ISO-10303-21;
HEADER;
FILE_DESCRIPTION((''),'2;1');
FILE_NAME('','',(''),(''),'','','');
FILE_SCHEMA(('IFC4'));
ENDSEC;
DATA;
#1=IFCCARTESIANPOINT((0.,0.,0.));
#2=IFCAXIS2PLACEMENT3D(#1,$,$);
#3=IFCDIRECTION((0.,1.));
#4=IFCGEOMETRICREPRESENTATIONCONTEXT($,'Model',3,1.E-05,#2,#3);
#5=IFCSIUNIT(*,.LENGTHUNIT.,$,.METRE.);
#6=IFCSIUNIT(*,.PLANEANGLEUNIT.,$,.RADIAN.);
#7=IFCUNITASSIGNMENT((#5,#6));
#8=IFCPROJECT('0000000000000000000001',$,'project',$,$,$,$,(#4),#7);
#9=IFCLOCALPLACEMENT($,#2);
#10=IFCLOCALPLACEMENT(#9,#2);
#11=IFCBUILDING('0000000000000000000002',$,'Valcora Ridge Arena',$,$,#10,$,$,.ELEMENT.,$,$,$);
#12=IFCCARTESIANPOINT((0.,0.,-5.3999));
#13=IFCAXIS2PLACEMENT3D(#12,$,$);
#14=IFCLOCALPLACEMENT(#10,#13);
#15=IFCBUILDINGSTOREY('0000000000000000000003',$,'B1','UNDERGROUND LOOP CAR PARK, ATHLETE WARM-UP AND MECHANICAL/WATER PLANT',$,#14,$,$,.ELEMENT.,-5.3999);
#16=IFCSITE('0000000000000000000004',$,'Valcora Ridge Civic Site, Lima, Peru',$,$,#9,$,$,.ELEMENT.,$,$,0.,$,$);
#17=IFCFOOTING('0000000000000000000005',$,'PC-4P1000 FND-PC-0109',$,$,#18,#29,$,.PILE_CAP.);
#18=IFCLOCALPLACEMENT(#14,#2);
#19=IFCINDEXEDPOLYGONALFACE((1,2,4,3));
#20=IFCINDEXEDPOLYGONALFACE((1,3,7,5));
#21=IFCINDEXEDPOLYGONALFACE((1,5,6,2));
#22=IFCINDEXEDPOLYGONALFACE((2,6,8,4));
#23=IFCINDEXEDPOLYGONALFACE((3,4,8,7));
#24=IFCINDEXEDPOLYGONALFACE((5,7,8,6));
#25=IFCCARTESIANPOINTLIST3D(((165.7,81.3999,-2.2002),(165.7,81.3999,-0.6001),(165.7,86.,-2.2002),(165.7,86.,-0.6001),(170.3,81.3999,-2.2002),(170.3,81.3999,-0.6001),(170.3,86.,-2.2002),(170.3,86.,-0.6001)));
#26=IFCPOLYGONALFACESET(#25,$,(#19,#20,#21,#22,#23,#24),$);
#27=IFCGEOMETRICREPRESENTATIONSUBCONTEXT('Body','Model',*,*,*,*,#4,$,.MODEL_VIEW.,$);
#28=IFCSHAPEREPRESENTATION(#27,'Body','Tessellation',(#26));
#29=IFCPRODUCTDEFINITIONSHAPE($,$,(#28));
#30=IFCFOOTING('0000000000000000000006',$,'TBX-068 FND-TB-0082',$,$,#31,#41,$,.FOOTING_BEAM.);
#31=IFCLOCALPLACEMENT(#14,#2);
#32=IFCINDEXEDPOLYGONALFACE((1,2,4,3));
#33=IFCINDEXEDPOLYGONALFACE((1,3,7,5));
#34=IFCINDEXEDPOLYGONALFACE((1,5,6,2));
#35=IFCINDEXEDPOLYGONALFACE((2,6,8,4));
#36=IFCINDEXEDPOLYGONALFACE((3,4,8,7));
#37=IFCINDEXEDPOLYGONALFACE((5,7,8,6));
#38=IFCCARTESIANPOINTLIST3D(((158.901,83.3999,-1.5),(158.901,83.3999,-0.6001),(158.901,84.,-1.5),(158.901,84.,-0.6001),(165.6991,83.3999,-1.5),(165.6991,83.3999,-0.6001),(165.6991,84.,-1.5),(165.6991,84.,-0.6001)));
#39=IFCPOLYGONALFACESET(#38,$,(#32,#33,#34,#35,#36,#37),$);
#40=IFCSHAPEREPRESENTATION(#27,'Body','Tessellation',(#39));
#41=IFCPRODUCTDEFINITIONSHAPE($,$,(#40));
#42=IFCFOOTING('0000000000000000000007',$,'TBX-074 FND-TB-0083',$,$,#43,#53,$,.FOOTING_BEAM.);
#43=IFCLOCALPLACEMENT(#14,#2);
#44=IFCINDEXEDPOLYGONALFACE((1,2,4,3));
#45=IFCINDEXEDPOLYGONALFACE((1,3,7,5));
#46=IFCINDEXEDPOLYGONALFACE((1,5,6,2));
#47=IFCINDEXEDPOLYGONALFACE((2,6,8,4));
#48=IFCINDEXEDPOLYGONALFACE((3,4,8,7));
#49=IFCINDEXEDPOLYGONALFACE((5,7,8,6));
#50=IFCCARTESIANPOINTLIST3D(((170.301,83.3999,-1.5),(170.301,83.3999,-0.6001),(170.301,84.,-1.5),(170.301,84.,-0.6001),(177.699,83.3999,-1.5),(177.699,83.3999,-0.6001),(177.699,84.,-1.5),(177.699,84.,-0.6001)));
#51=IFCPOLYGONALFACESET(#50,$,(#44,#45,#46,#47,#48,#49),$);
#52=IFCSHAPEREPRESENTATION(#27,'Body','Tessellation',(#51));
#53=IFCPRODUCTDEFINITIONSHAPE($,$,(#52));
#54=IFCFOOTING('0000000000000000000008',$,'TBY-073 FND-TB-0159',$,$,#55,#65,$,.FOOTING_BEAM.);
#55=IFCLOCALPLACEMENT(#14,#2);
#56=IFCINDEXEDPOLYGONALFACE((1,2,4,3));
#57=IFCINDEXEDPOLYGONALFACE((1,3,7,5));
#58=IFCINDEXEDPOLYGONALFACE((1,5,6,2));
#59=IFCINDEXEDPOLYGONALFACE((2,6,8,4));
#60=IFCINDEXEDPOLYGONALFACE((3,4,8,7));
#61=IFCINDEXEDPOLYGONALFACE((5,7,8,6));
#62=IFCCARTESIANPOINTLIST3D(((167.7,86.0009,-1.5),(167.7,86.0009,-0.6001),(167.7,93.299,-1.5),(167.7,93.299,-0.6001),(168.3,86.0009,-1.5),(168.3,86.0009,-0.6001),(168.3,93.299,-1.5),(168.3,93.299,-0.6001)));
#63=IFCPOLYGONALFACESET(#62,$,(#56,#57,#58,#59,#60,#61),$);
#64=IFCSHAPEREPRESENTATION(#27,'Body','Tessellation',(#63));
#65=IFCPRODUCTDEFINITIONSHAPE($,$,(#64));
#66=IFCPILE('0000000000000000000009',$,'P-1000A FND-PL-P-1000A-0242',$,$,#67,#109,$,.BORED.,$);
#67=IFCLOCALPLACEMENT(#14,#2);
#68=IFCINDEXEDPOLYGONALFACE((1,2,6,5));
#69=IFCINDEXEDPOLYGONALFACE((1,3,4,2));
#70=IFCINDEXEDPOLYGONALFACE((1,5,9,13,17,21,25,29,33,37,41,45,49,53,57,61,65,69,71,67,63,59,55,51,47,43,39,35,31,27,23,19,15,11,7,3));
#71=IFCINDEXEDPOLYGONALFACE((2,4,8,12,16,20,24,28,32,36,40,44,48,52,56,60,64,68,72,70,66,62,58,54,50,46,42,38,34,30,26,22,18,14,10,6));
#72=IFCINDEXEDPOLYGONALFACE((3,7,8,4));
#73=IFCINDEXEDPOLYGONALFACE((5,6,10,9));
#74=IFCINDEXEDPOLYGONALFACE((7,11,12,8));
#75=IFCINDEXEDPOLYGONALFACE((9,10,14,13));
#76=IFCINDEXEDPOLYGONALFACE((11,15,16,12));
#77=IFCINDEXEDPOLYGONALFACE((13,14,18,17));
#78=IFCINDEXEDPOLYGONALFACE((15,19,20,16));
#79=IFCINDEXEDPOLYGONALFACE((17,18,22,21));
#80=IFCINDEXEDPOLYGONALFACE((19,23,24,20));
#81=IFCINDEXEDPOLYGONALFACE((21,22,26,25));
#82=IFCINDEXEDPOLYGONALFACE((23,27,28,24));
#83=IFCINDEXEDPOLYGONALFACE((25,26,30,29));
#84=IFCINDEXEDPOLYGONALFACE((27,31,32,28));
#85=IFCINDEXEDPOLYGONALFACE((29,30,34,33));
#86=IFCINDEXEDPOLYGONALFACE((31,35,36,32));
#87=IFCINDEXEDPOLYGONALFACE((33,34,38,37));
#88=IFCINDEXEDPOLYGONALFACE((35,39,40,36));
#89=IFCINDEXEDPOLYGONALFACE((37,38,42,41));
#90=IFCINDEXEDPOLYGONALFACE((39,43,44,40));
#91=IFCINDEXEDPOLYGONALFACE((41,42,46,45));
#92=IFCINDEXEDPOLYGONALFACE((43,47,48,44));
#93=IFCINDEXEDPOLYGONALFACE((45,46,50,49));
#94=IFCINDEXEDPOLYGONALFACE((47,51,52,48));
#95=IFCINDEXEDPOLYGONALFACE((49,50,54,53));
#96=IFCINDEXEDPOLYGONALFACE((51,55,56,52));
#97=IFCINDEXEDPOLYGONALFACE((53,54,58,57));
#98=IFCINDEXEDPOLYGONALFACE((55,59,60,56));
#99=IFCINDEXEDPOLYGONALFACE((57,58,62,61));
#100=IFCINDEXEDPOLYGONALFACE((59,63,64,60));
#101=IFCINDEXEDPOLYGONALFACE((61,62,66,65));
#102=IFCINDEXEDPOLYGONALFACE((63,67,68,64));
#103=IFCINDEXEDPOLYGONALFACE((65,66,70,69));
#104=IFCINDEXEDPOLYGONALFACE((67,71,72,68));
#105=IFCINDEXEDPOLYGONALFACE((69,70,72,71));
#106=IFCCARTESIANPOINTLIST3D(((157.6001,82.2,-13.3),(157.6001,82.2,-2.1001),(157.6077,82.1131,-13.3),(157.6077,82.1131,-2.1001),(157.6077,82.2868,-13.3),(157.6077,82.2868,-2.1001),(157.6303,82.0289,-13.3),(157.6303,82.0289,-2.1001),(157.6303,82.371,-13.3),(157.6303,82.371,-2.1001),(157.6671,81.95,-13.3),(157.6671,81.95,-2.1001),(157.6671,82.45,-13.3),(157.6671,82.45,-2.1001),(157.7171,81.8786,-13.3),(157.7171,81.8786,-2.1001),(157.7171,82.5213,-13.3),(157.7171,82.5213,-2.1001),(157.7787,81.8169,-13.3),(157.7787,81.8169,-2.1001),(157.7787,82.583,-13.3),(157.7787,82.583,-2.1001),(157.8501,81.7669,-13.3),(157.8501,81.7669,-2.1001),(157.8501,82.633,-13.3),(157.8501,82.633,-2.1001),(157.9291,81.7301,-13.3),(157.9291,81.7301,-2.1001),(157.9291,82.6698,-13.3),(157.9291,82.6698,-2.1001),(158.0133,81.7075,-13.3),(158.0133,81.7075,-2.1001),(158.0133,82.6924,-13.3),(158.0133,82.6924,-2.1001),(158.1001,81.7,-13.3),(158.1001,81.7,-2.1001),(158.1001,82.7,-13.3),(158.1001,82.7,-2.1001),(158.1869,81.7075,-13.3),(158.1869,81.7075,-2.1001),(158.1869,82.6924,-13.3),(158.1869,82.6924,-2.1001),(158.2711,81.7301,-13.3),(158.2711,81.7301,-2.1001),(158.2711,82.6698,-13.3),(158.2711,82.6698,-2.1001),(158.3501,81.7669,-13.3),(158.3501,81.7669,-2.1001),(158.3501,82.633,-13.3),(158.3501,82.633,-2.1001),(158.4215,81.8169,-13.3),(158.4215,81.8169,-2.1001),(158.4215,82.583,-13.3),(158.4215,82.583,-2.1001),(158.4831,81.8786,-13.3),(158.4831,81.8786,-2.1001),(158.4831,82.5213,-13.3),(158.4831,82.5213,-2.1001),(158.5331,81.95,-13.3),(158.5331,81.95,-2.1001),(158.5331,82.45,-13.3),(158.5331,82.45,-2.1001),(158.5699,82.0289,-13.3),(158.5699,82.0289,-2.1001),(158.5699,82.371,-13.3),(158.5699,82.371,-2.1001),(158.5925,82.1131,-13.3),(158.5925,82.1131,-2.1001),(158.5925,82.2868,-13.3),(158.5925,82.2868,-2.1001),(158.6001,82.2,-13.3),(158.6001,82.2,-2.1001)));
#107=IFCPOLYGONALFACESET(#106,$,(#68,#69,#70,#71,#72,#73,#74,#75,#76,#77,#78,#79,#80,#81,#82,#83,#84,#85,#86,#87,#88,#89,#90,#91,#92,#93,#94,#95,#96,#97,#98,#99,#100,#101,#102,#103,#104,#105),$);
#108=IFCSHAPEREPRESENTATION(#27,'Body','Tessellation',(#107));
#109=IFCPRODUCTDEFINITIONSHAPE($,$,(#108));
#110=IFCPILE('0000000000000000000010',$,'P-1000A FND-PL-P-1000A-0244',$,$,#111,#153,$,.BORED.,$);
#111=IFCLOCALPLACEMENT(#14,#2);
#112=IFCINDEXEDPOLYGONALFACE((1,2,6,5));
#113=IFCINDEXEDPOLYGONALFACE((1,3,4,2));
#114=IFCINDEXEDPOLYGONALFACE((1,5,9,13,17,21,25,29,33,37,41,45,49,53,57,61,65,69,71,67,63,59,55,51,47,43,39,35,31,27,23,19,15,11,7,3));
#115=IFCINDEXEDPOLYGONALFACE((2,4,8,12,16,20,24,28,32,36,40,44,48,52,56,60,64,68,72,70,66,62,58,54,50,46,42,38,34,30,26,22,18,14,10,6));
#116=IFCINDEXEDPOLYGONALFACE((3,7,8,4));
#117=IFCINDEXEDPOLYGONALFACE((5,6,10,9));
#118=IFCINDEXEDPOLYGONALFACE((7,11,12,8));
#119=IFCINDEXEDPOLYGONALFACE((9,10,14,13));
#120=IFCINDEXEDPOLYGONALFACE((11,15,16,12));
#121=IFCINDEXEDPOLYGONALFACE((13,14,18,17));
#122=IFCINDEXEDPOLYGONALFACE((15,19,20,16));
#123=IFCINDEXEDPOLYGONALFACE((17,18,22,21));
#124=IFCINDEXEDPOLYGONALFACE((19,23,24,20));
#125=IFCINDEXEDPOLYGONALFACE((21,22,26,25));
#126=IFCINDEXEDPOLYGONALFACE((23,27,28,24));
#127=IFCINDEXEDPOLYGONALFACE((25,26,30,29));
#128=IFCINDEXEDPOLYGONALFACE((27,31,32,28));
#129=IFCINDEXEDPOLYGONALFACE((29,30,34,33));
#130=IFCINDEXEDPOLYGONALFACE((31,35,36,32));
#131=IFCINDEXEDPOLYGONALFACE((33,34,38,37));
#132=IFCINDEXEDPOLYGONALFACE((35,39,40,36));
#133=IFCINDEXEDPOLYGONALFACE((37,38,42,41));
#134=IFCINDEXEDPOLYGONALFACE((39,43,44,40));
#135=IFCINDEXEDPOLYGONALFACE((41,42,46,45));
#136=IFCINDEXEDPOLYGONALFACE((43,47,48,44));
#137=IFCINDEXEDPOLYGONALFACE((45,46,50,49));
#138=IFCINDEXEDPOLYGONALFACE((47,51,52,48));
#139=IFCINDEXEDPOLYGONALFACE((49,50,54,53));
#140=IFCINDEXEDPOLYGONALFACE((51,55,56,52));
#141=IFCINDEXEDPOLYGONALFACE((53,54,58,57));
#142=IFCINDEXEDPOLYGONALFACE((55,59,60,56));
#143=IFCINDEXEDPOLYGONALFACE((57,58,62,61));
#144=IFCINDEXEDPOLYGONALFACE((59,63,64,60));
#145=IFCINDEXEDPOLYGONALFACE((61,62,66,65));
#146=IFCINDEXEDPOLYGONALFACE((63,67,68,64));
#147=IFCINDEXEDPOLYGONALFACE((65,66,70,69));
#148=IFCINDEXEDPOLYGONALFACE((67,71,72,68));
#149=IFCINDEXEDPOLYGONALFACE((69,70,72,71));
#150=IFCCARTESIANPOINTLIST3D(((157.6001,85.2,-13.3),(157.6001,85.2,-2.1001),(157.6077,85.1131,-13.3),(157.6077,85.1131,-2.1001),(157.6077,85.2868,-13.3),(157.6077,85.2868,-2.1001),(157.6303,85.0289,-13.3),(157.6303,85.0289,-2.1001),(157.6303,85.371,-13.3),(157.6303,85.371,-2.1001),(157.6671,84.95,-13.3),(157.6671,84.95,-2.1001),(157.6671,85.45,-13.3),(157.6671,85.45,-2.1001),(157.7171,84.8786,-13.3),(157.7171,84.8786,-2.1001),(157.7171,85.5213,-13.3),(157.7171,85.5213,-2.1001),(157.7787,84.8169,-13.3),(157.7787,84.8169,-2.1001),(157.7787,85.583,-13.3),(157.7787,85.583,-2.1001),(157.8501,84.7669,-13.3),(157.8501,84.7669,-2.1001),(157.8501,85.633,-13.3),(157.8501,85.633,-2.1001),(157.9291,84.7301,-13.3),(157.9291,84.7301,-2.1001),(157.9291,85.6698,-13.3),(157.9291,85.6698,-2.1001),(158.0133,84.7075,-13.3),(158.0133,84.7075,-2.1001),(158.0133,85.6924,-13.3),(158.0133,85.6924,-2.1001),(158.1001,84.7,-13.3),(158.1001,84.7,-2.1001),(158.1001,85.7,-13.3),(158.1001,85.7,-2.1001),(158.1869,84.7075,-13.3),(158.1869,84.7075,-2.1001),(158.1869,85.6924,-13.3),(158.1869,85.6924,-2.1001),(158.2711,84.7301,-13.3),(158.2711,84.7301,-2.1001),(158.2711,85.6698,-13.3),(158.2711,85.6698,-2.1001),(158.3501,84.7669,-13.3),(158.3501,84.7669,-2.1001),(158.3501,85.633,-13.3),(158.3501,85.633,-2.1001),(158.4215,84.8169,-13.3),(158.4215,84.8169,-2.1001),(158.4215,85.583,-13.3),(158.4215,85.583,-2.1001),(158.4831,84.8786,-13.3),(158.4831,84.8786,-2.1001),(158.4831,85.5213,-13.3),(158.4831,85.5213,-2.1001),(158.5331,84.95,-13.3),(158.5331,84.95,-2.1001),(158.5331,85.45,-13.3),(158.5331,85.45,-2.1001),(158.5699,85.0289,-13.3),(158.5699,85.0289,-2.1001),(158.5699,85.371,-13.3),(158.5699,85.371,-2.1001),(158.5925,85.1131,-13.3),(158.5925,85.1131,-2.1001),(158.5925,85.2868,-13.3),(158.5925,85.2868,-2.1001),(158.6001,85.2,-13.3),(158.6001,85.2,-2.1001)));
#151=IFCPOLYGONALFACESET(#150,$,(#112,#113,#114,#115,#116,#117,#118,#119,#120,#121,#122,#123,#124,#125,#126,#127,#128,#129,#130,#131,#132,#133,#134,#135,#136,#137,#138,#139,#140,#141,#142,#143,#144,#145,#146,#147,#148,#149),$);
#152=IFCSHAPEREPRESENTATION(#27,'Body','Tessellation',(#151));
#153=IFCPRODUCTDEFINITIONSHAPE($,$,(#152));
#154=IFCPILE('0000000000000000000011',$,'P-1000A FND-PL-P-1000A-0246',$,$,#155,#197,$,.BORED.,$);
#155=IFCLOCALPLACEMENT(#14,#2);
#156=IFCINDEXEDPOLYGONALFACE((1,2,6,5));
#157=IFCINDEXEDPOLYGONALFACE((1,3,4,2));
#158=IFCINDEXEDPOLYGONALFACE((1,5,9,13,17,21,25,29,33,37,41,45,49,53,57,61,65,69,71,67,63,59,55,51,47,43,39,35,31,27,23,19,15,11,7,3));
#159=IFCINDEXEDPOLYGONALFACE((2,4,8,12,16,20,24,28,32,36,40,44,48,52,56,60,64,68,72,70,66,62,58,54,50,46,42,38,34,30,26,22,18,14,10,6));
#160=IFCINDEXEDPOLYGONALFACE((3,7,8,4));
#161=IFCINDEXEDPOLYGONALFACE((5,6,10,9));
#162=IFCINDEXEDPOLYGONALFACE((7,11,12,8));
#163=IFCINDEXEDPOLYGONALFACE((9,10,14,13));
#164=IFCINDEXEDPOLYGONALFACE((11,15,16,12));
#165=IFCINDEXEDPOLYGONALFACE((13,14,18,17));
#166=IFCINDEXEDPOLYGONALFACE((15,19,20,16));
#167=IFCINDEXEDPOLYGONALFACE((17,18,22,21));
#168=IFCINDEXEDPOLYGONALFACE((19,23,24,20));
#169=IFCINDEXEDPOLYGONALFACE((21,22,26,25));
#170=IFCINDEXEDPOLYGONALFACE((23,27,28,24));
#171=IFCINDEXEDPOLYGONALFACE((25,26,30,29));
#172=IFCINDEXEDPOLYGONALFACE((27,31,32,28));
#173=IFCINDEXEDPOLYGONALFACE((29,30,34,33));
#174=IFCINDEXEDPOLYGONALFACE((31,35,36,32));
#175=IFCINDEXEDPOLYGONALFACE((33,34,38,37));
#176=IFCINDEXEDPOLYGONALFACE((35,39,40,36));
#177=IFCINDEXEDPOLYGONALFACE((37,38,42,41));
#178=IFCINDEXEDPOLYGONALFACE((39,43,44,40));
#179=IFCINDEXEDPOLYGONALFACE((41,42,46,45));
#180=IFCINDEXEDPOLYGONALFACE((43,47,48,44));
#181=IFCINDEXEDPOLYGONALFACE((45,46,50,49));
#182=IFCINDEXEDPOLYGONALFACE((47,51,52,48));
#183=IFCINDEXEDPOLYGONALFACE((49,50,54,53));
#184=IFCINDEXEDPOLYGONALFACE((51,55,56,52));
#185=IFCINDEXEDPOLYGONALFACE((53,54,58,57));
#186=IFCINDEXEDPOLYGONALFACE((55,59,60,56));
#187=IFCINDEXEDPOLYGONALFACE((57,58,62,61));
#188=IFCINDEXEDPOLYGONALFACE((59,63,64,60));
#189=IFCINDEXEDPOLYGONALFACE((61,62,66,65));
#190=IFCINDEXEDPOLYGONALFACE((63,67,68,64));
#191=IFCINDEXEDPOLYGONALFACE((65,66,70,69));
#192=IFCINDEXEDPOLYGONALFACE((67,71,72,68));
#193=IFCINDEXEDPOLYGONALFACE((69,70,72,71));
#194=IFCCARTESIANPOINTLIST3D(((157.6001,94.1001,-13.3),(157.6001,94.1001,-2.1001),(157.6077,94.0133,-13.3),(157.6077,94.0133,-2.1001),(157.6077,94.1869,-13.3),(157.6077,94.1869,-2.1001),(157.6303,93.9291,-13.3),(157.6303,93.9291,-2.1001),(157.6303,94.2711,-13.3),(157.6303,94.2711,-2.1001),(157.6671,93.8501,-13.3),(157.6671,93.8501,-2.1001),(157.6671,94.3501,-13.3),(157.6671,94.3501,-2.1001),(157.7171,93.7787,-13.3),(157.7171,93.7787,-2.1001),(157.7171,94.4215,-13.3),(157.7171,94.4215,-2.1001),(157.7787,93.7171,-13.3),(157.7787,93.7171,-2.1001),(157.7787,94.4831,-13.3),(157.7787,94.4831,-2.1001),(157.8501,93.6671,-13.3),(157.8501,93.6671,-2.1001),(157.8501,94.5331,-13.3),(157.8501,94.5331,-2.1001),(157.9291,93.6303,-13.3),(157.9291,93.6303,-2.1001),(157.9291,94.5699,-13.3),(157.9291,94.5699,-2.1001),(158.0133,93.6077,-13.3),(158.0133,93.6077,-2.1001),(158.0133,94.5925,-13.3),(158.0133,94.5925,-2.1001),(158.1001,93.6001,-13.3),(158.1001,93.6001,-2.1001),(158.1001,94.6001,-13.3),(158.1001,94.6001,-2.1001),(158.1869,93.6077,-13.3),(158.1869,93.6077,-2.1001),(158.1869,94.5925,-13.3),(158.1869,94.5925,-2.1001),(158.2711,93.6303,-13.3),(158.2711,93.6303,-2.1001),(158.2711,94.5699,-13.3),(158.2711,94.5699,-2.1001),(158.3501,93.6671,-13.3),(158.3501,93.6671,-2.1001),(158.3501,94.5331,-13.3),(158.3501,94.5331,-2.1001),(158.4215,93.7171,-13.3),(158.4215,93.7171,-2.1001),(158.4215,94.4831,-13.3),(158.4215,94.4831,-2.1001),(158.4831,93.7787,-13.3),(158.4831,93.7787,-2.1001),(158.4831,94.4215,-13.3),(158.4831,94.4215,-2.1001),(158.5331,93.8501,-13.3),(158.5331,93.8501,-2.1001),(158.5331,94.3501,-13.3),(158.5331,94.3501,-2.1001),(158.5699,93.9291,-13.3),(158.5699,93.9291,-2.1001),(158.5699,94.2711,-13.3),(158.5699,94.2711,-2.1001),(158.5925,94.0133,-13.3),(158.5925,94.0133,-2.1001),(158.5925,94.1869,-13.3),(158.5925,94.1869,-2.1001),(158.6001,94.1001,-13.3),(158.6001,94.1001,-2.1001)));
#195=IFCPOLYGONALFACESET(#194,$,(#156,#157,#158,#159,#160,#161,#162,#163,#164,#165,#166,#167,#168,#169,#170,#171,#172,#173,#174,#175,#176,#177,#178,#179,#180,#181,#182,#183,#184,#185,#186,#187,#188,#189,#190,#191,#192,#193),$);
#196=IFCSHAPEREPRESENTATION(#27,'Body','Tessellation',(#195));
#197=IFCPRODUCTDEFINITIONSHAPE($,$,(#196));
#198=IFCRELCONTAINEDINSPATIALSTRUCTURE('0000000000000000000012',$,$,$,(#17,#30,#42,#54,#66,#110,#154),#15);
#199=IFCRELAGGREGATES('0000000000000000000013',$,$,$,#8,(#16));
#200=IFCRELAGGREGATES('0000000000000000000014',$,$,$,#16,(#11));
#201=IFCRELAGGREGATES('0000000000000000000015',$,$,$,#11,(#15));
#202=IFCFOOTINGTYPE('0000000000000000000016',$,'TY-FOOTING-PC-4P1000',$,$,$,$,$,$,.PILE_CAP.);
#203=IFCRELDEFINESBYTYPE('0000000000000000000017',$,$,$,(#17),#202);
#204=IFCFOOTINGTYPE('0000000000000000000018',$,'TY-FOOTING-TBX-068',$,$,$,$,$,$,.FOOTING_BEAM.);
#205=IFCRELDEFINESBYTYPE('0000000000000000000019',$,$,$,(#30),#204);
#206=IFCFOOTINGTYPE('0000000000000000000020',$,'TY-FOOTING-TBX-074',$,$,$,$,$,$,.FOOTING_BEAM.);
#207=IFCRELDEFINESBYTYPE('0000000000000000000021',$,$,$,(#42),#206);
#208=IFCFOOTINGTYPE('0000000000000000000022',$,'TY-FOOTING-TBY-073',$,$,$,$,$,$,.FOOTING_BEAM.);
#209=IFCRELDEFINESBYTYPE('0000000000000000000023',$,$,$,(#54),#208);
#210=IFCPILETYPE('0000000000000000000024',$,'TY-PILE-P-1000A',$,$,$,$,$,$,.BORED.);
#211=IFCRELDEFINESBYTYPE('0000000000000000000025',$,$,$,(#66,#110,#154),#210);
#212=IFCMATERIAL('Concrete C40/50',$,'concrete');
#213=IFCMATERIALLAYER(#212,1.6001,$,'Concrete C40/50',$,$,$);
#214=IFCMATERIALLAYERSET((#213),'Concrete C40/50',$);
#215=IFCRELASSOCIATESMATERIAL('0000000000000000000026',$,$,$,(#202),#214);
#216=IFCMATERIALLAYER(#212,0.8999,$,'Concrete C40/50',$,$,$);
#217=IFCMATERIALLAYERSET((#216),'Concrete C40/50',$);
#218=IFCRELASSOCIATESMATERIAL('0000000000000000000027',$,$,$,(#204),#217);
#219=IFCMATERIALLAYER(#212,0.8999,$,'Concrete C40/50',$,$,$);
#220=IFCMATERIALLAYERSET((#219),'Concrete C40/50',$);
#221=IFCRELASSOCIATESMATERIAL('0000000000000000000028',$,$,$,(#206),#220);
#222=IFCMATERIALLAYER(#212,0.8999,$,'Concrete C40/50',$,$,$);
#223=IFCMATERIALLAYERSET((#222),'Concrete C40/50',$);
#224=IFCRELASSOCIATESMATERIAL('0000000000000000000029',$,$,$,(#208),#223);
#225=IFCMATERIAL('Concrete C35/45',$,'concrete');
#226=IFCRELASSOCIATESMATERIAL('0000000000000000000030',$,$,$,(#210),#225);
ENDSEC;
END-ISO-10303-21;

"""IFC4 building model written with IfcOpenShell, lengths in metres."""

from ifc_helpers import new_model, si_unit, direction, frame, origin, origin_2d, place, context, subcontext, project, spatial, rectangle, circle, extrude, material, layer, layer_set, material_profile, profile_set, type_object, element, save


model = new_model("IFC4")

# Units and contexts
model_context = context("Model", 3, precision=1e-05, world=origin(), true_north=direction((0.0, 1.0)))
body_context = subcontext(model_context, "Body", "Model", "MODEL_VIEW")
ifc_project = project(units=[si_unit("LENGTHUNIT", "METRE"), si_unit("PLANEANGLEUNIT", "RADIAN")], contexts=[model_context])

# Site, building, storey
site_placement = place(None, origin())
site = spatial("IfcSite", under=ifc_project, at=site_placement, Name="Valcora Ridge Civic Site, Lima, Peru", CompositionType="ELEMENT", RefElevation=0.0)
building_placement = place(site_placement, origin())
building = spatial("IfcBuilding", under=site, at=building_placement, Name="Valcora Ridge Arena", CompositionType="ELEMENT")
storey_placement = place(building_placement, frame((0.0, 0.0, -5.3999)))
storey = spatial("IfcBuildingStorey", under=building, at=storey_placement, Name="B1", Description="UNDERGROUND LOOP CAR PARK, ATHLETE WARM-UP AND MECHANICAL/WATER PLANT", CompositionType="ELEMENT", Elevation=-5.3999)

# Footings
ifc_material_1 = material(Name="Concrete C40/50", Category="concrete")
ifc_layer_1 = layer(ifc_material_1, 1.6001, Name="Concrete C40/50")
ifc_layer_set_1 = layer_set([ifc_layer_1], Name="Concrete C40/50")
footing_type_1 = type_object("IfcFootingType", Name="TY-FOOTING-PC-4P1000", PredefinedType="PILE_CAP", material=ifc_layer_set_1)
footing_1_placement = place(storey_placement, frame((168.0, 83.7, -2.2002), z_axis=(0.0, 0.0, 1.0), x_axis=(1.0, 0.0, 0.0)))
element("IfcFooting", 1, at=footing_1_placement, inside=storey, type_object=footing_type_1, Name="PC-4P1000 FND-PC-0109", PredefinedType="PILE_CAP", context=body_context, shape_type="SweptSolid", body=[
    extrude(rectangle(XDim=4.6001, YDim=4.6001, at=origin_2d()), origin(), (0.0, 0.0, 1.0), 1.6001),
])
ifc_layer_2 = layer(ifc_material_1, 0.8999, Name="Concrete C40/50")
ifc_layer_set_2 = layer_set([ifc_layer_2], Name="Concrete C40/50")
footing_type_2 = type_object("IfcFootingType", Name="TY-FOOTING-TBX-068", PredefinedType="FOOTING_BEAM", material=ifc_layer_set_2)
footing_2_placement = place(storey_placement, frame((162.3, 83.7, -1.5), z_axis=(0.0, 0.0, 1.0), x_axis=(1.0, 0.0, 0.0)))
element("IfcFooting", 2, at=footing_2_placement, inside=storey, type_object=footing_type_2, Name="TBX-068 FND-TB-0082", PredefinedType="FOOTING_BEAM", context=body_context, shape_type="SweptSolid", body=[
    extrude(rectangle(XDim=6.7981, YDim=0.6001, at=origin_2d()), origin(), (0.0, 0.0, 1.0), 0.8999),
])
ifc_layer_3 = layer(ifc_material_1, 0.8999, Name="Concrete C40/50")
ifc_layer_set_3 = layer_set([ifc_layer_3], Name="Concrete C40/50")
footing_type_3 = type_object("IfcFootingType", Name="TY-FOOTING-TBX-074", PredefinedType="FOOTING_BEAM", material=ifc_layer_set_3)
footing_3_placement = place(storey_placement, frame((174.0, 83.7, -1.5), z_axis=(0.0, 0.0, 1.0), x_axis=(1.0, 0.0, 0.0)))
element("IfcFooting", 3, at=footing_3_placement, inside=storey, type_object=footing_type_3, Name="TBX-074 FND-TB-0083", PredefinedType="FOOTING_BEAM", context=body_context, shape_type="SweptSolid", body=[
    extrude(rectangle(XDim=7.3979, YDim=0.6001, at=origin_2d()), origin(), (0.0, 0.0, 1.0), 0.8999),
])
ifc_layer_4 = layer(ifc_material_1, 0.8999, Name="Concrete C40/50")
ifc_layer_set_4 = layer_set([ifc_layer_4], Name="Concrete C40/50")
footing_type_4 = type_object("IfcFootingType", Name="TY-FOOTING-TBY-073", PredefinedType="FOOTING_BEAM", material=ifc_layer_set_4)
footing_4_placement = place(storey_placement, frame((168.0, 89.6499, -1.5), z_axis=(0.0, 0.0, 1.0), x_axis=(1.0, 0.0, 0.0)))
element("IfcFooting", 4, at=footing_4_placement, inside=storey, type_object=footing_type_4, Name="TBY-073 FND-TB-0159", PredefinedType="FOOTING_BEAM", context=body_context, shape_type="SweptSolid", body=[
    extrude(rectangle(XDim=0.6001, YDim=7.2981, at=origin_2d()), origin(), (0.0, 0.0, 1.0), 0.8999),
])

# Piles
ifc_material_2 = material(Name="Concrete C35/45", Category="concrete")
ifc_material_profile_1 = material_profile(ifc_material_2, circle(Radius=0.5, at=origin_2d()), Name="BORED PILE D1000")
ifc_profile_set_1 = profile_set([ifc_material_profile_1], Name="Concrete C35/45")
pile_type_1 = type_object("IfcPileType", Name="TY-PILE-P-1000A", PredefinedType="BORED", material=ifc_profile_set_1)
for number, where, z_axis, x_axis, name in (
    (5, (158.1001, 82.2, -2.1001), (0.0, 0.0, -1.0), (1.0, 0.0, 0.0), "P-1000A FND-PL-P-1000A-0242"),
    (6, (158.1001, 85.2, -2.1001), (0.0, 0.0, -1.0), (1.0, 0.0, 0.0), "P-1000A FND-PL-P-1000A-0244"),
    (7, (158.1001, 94.1001, -2.1001), (0.0, 0.0, -1.0), (1.0, 0.0, 0.0), "P-1000A FND-PL-P-1000A-0246"),
):
    element("IfcPile", number, at=place(storey_placement, frame(where, z_axis=z_axis, x_axis=x_axis)), inside=storey, type_object=pile_type_1, Name=name, PredefinedType="BORED", context=body_context, shape_type="SweptSolid", body=[
        extrude(circle(Radius=0.5, at=origin_2d()), origin(), (0.0, 0.0, 1.0), 11.2),
    ])

save(model, "model.ifc")
